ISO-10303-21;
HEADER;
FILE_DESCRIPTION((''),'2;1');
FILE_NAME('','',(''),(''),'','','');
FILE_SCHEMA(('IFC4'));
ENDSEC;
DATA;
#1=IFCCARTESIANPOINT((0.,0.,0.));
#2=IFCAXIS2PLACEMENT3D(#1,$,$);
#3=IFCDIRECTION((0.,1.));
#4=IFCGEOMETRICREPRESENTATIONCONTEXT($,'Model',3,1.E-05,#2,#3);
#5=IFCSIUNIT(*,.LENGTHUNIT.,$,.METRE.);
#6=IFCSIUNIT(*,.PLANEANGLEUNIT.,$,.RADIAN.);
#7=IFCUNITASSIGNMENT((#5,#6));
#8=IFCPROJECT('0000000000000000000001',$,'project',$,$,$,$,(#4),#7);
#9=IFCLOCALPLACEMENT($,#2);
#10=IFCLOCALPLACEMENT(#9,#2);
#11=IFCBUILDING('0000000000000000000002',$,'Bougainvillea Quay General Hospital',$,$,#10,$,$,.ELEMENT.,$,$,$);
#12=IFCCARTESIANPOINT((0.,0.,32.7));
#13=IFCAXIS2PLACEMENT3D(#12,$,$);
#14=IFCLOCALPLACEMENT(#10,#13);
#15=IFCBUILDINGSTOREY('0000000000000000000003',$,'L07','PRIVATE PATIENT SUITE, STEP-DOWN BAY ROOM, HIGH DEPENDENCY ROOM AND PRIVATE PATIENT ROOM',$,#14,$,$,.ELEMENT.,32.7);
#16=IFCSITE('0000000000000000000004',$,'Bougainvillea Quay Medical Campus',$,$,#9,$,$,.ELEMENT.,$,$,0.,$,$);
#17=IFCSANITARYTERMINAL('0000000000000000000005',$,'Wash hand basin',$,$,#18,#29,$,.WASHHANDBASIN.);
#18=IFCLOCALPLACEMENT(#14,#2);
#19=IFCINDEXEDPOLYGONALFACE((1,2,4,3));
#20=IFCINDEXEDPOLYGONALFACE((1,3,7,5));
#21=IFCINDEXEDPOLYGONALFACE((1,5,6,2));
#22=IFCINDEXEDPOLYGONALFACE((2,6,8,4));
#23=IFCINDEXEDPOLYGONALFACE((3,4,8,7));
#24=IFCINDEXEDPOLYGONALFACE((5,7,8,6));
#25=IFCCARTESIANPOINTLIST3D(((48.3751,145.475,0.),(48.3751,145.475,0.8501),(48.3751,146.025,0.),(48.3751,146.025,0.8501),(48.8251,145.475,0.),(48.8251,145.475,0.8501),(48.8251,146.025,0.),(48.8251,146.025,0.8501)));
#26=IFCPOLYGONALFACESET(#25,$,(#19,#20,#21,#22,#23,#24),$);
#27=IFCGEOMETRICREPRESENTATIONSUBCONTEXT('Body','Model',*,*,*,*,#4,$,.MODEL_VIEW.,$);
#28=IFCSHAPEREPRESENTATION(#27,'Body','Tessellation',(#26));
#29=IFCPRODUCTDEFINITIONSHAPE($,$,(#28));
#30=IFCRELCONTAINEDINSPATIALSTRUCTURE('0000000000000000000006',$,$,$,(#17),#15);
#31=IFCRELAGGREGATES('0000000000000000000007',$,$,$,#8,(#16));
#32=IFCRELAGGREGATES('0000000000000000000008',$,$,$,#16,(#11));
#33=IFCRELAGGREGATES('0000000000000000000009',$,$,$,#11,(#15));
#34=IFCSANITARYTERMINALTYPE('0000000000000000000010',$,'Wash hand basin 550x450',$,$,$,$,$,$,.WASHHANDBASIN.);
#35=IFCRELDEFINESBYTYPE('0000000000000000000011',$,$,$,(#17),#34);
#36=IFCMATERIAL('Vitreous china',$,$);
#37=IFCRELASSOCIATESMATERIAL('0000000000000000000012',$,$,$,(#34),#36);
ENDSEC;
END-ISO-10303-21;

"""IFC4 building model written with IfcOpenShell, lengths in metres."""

from ifc_helpers import new_model, si_unit, direction, frame, origin, origin_2d, place, context, subcontext, project, spatial, rectangle, extrude, material, type_object, element, save


model = new_model("IFC4")

# Units and contexts
model_context = context("Model", 3, precision=1e-05, world=origin(), true_north=direction((0.0, 1.0)))
body_context = subcontext(model_context, "Body", "Model", "MODEL_VIEW")
ifc_project = project(units=[si_unit("LENGTHUNIT", "METRE"), si_unit("PLANEANGLEUNIT", "RADIAN")], contexts=[model_context])

# Site, building, storey
site_placement = place(None, origin())
site = spatial("IfcSite", under=ifc_project, at=site_placement, Name="Bougainvillea Quay Medical Campus", CompositionType="ELEMENT", RefElevation=0.0)
building_placement = place(site_placement, origin())
building = spatial("IfcBuilding", under=site, at=building_placement, Name="Bougainvillea Quay General Hospital", CompositionType="ELEMENT")
storey_placement = place(building_placement, frame((0.0, 0.0, 32.7)))
storey = spatial("IfcBuildingStorey", under=building, at=storey_placement, Name="L07", Description="PRIVATE PATIENT SUITE, STEP-DOWN BAY ROOM, HIGH DEPENDENCY ROOM AND PRIVATE PATIENT ROOM", CompositionType="ELEMENT", Elevation=32.7)

# Sanitary terminal
ifc_material_1 = material(Name="Vitreous china")
sanitary_terminal_type_1 = type_object("IfcSanitaryTerminalType", Name="Wash hand basin 550x450", PredefinedType="WASHHANDBASIN", material=ifc_material_1)
sanitary_terminal_placement = place(storey_placement, frame((48.6001, 145.75, 0.0), z_axis=(0.0, 0.0, 1.0), x_axis=(0.0, 1.0, 0.0)))
element("IfcSanitaryTerminal", 1, at=sanitary_terminal_placement, inside=storey, type_object=sanitary_terminal_type_1, Name="Wash hand basin", PredefinedType="WASHHANDBASIN", context=body_context, shape_type="SweptSolid", body=[
    extrude(rectangle(XDim=0.55, YDim=0.45, at=origin_2d()), origin(), (0.0, 0.0, 1.0), 0.8501),
])

save(model, "model.ifc")
